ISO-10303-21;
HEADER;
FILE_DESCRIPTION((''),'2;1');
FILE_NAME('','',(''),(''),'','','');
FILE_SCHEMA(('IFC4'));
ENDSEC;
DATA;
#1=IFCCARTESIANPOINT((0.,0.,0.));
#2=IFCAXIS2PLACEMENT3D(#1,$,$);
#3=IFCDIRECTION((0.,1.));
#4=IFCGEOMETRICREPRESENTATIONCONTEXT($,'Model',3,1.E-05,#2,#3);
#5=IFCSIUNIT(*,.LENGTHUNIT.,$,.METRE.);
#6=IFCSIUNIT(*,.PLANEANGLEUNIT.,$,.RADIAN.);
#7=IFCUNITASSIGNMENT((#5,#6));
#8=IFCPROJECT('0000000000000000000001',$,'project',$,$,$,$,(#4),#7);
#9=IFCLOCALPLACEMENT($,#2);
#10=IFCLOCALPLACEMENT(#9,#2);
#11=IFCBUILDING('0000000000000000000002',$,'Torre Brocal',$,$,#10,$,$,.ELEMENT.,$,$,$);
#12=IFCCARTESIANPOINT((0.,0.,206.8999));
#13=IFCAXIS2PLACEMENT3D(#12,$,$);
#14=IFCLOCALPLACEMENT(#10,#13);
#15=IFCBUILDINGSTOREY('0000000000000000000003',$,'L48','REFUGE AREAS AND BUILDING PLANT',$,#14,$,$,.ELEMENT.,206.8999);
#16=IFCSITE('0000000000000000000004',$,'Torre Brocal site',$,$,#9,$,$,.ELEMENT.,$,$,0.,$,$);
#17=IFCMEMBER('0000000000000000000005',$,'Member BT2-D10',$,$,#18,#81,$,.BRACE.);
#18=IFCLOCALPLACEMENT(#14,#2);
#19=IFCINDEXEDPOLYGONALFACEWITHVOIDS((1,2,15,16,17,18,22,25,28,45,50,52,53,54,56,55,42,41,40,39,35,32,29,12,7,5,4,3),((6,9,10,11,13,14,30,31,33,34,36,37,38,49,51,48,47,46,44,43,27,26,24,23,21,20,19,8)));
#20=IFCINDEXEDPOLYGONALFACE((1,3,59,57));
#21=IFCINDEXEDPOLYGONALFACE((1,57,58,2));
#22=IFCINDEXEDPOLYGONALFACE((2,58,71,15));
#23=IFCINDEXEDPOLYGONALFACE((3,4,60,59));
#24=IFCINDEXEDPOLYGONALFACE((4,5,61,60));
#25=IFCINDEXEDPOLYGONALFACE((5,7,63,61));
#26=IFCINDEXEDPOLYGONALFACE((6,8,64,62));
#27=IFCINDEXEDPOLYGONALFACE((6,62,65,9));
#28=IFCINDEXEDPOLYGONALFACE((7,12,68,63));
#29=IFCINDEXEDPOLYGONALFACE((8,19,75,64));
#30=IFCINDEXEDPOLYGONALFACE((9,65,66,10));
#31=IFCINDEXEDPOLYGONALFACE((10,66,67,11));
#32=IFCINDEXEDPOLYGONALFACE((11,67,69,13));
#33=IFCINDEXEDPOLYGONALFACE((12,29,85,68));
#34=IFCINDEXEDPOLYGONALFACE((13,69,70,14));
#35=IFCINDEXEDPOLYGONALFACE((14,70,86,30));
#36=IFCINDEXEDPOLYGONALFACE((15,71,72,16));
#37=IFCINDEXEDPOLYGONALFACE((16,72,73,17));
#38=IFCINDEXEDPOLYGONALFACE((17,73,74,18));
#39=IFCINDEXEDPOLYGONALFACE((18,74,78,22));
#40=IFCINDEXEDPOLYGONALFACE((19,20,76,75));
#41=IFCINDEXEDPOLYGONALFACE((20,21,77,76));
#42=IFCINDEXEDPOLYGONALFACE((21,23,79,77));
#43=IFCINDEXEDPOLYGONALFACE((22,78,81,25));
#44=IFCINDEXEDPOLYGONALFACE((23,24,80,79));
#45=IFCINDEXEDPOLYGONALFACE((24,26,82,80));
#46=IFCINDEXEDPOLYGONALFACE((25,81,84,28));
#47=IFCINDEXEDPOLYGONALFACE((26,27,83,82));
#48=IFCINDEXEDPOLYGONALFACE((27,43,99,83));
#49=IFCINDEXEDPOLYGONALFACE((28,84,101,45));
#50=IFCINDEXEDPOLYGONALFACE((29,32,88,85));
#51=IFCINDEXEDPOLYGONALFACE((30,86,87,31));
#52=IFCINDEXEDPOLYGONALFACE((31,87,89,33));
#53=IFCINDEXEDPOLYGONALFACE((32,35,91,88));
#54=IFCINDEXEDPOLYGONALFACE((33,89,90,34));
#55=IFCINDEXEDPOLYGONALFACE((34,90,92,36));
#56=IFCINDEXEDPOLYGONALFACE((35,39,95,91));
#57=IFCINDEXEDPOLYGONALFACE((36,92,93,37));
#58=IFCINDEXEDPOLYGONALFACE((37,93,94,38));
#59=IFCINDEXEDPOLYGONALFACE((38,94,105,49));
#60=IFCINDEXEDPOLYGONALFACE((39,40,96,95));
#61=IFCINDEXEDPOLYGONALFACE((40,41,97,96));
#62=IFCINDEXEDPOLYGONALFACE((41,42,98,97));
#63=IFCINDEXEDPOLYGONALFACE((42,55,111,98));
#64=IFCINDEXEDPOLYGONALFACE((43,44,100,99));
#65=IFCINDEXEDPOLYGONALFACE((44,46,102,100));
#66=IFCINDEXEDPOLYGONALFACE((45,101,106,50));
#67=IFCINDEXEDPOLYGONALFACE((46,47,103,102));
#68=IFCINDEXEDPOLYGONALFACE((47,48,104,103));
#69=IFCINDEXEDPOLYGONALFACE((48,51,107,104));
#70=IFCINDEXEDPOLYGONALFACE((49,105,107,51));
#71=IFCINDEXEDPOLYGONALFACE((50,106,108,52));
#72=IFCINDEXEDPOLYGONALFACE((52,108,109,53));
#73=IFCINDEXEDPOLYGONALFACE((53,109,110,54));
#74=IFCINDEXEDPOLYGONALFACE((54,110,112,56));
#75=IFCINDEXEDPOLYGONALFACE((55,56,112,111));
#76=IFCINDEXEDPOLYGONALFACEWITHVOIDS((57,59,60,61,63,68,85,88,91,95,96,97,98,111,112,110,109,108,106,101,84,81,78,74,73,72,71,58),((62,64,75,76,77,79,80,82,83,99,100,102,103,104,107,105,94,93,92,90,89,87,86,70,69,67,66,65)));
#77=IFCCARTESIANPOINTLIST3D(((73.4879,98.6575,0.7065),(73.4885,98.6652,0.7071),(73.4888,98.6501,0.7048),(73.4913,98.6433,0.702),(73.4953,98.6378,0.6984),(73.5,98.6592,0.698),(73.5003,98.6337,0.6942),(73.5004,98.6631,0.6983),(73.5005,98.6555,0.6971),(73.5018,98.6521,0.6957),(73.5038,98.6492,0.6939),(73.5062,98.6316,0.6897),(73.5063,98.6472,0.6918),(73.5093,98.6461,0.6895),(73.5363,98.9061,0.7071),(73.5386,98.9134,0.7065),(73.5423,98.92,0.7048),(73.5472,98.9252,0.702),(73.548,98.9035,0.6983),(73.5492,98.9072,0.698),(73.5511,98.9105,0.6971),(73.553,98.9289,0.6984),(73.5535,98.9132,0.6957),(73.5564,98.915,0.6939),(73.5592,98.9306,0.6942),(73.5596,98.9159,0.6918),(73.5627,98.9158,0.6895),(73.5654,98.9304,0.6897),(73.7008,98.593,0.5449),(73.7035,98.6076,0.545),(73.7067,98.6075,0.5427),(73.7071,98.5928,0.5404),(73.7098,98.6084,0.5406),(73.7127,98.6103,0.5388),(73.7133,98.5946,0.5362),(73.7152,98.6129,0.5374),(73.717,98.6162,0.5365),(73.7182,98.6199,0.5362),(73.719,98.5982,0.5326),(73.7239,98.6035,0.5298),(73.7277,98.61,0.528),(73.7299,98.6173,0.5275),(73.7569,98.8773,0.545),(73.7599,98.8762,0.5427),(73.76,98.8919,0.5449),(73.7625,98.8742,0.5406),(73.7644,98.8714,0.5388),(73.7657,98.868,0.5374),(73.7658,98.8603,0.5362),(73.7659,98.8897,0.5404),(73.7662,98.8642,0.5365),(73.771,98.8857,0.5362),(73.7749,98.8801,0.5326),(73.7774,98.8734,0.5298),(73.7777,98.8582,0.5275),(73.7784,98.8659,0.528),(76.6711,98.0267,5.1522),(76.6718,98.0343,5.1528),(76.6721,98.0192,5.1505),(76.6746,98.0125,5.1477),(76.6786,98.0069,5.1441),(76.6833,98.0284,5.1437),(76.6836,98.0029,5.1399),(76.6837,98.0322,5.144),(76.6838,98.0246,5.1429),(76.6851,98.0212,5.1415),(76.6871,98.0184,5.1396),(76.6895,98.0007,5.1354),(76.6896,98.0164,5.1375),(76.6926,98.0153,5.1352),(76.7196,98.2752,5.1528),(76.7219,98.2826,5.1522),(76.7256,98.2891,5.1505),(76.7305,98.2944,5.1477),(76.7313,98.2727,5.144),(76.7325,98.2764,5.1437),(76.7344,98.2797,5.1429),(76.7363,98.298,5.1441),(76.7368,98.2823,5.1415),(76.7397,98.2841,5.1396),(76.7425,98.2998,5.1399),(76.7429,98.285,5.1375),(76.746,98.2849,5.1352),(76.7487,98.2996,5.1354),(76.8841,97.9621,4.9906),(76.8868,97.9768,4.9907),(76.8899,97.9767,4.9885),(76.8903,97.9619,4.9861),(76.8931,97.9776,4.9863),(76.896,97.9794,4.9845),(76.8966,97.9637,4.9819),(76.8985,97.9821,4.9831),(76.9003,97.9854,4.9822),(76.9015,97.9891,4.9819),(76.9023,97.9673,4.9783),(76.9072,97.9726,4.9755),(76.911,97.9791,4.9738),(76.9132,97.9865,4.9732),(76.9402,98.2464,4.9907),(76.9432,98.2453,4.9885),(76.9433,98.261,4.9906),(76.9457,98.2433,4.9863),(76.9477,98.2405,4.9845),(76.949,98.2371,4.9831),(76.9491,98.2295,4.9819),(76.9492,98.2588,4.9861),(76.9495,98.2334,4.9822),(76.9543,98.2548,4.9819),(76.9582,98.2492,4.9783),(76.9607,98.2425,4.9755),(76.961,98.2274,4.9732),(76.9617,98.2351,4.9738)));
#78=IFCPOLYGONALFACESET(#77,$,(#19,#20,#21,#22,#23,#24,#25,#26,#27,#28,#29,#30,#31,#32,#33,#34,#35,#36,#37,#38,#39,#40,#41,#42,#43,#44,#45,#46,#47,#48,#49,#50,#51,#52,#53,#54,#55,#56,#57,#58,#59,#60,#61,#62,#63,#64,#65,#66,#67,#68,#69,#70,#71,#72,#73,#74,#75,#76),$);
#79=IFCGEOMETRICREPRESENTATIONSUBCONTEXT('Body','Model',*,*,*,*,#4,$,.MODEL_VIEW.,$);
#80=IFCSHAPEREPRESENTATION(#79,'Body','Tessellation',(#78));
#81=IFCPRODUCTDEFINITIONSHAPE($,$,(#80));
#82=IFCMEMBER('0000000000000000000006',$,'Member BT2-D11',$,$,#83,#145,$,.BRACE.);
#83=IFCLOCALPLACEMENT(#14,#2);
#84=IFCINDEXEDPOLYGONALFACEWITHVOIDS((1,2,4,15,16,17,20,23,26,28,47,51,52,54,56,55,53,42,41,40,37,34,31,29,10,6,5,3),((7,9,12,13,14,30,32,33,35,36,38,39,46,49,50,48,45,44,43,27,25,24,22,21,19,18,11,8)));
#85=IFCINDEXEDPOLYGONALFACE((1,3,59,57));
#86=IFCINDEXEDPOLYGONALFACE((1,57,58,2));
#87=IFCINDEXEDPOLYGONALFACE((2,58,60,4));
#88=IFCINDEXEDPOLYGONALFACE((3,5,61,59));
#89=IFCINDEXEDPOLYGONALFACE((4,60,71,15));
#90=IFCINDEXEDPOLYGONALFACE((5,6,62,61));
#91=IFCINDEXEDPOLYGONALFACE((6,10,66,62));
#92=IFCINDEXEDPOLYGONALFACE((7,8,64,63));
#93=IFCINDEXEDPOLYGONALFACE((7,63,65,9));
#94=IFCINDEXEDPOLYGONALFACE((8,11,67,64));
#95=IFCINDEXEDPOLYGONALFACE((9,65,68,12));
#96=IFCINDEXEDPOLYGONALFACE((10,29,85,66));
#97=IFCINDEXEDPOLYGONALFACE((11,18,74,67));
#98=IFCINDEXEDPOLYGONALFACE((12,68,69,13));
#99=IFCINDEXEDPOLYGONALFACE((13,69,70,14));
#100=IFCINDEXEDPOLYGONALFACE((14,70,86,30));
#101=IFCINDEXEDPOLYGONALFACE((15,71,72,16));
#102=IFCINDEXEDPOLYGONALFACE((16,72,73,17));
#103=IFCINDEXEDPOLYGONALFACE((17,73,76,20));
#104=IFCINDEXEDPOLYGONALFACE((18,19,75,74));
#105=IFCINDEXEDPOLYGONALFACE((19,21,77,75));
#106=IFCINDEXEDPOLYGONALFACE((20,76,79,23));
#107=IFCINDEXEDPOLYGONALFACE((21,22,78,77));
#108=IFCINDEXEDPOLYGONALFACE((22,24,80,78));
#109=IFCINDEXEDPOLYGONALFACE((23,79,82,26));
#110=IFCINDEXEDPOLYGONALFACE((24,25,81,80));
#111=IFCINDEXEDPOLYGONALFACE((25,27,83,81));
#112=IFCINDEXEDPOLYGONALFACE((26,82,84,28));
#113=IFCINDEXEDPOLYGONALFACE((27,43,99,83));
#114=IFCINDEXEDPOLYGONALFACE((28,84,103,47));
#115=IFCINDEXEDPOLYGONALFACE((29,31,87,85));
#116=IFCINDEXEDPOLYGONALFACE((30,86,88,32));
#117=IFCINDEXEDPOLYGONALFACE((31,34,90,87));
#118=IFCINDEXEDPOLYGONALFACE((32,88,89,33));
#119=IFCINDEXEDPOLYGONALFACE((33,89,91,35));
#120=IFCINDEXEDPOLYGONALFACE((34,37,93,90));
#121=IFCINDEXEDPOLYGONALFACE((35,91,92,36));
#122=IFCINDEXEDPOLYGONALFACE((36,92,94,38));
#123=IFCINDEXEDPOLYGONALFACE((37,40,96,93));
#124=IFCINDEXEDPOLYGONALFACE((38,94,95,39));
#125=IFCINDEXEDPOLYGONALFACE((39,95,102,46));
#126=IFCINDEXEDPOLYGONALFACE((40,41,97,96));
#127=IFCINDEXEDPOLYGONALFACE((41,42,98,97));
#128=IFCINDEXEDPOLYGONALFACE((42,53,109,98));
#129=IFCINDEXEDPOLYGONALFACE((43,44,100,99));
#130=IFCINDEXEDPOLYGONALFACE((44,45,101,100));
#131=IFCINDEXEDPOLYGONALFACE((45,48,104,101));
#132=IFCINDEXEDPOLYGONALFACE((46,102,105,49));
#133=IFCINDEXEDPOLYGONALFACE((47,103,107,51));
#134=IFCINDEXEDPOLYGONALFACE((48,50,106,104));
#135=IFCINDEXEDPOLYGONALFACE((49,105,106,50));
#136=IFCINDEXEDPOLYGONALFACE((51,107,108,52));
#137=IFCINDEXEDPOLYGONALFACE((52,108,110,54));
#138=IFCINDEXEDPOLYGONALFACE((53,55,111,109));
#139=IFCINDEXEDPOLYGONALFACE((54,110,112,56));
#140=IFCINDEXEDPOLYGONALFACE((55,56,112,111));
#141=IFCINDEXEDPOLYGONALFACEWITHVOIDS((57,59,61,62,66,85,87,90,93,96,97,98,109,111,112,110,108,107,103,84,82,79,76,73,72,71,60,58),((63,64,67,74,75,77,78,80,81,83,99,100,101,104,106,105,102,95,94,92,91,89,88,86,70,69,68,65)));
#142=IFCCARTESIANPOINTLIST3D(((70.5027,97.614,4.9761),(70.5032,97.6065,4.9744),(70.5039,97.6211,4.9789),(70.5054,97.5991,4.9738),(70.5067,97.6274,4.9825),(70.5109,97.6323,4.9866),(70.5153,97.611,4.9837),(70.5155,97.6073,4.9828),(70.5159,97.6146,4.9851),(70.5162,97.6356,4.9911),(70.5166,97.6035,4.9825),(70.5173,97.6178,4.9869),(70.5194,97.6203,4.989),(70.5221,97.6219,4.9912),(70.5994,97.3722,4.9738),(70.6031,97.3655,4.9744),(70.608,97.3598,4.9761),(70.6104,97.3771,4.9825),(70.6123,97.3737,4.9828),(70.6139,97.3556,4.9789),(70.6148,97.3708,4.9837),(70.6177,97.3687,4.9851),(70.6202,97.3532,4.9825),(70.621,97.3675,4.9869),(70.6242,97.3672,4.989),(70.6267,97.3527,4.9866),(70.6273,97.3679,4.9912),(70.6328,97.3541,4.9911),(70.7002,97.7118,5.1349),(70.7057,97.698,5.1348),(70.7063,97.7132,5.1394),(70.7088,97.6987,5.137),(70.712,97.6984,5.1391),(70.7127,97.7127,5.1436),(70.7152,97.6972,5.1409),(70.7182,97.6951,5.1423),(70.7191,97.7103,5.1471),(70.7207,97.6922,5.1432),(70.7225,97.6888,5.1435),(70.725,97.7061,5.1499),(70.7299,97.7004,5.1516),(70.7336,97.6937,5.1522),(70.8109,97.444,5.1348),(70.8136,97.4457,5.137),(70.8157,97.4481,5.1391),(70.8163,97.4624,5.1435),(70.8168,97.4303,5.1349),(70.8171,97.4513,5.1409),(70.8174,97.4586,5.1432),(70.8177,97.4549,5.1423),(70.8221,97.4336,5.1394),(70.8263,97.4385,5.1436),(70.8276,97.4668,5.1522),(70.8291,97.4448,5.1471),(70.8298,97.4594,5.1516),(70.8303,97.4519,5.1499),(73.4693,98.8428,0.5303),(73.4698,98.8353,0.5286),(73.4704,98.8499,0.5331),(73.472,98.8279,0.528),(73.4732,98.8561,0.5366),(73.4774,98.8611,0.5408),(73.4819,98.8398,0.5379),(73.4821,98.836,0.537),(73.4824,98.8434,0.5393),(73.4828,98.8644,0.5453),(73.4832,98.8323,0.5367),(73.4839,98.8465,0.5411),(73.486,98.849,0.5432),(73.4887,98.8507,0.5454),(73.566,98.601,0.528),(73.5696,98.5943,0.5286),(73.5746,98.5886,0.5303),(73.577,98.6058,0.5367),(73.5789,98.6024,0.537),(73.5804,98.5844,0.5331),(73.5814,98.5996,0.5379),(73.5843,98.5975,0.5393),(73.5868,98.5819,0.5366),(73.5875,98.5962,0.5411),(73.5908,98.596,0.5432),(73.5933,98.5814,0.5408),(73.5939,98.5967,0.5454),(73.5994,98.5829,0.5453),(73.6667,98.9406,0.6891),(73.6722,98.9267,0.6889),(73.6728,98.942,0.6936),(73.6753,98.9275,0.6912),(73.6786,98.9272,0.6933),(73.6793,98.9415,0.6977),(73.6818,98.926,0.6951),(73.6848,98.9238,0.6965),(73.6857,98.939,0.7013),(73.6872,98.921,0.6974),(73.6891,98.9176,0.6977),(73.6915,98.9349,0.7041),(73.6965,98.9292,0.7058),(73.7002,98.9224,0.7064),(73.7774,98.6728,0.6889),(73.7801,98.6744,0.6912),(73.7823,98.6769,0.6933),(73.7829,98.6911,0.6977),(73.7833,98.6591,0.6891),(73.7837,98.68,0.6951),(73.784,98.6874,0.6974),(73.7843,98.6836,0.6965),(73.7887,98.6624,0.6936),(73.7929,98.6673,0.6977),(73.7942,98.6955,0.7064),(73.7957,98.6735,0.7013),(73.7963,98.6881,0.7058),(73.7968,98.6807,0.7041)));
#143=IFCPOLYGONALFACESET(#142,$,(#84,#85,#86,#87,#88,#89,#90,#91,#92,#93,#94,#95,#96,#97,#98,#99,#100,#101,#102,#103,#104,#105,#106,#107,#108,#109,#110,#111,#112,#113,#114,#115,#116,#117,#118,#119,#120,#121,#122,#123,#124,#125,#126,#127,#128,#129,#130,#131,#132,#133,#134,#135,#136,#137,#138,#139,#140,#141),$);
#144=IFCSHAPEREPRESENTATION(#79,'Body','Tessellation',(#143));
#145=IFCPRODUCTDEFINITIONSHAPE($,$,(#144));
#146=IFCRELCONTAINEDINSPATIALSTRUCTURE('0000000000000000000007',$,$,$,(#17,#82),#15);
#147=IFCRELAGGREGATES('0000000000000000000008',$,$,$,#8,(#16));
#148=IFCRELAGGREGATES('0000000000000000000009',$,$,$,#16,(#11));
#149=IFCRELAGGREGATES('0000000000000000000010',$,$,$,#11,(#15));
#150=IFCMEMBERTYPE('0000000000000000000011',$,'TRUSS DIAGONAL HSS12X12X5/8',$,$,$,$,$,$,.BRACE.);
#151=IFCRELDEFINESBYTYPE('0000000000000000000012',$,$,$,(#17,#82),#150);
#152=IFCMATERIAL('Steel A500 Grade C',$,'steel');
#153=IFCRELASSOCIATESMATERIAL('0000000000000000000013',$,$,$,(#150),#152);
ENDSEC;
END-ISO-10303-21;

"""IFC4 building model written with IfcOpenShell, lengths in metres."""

from ifc_helpers import new_model, si_unit, direction, frame, origin, origin_2d, place, context, subcontext, project, spatial, hollow_rectangle, extrude, material, material_profile, profile_set, type_object, element, save


model = new_model("IFC4")

# Units and contexts
model_context = context("Model", 3, precision=1e-05, world=origin(), true_north=direction((0.0, 1.0)))
body_context = subcontext(model_context, "Body", "Model", "MODEL_VIEW")
ifc_project = project(units=[si_unit("LENGTHUNIT", "METRE"), si_unit("PLANEANGLEUNIT", "RADIAN")], contexts=[model_context])

# Site, building, storey
site_placement = place(None, origin())
site = spatial("IfcSite", under=ifc_project, at=site_placement, Name="Torre Brocal site", CompositionType="ELEMENT", RefElevation=0.0)
building_placement = place(site_placement, origin())
building = spatial("IfcBuilding", under=site, at=building_placement, Name="Torre Brocal", CompositionType="ELEMENT")
storey_placement = place(building_placement, frame((0.0, 0.0, 206.8999)))
storey = spatial("IfcBuildingStorey", under=building, at=storey_placement, Name="L48", Description="REFUGE AREAS AND BUILDING PLANT", CompositionType="ELEMENT", Elevation=206.8999)

# Members
ifc_material_1 = material(Name="Steel A500 Grade C", Category="steel")
ifc_material_profile_1 = material_profile(ifc_material_1, hollow_rectangle(XDim=0.3047, YDim=0.3047, WallThickness=0.0149, InnerFilletRadius=0.0149, OuterFilletRadius=0.0295, at=origin_2d()), Name="HSS12X12X5/8")
ifc_profile_set_1 = profile_set([ifc_material_profile_1], Name="Steel A500 Grade C")
member_type_1 = type_object("IfcMemberType", Name="TRUSS DIAGONAL HSS12X12X5/8", PredefinedType="BRACE", material=ifc_profile_set_1)
member_1_placement = place(storey_placement, frame((76.8164, 98.1309, 5.063), z_axis=(-0.578343, 0.114613, -0.807702), x_axis=(-0.194394, -0.980923, 0.0)))
element("IfcMember", 1, at=member_1_placement, inside=storey, type_object=member_type_1, Name="Member BT2-D10", PredefinedType="BRACE", context=body_context, shape_type="SweptSolid", body=[
    extrude(hollow_rectangle(XDim=0.3047, YDim=0.3047, WallThickness=0.0149, InnerFilletRadius=0.0149, OuterFilletRadius=0.0295, at=origin_2d()), origin(), (0.0, 0.0, 1.0), 5.5042),
])
for number, where, z_axis, x_axis, name in (
    (2, (73.6331, 98.7617, 0.6172), (-0.540936, -0.224058, 0.81067), (0.382676, -0.923882, 0.0), "Member BT2-D11"),
):
    element("IfcMember", number, at=place(storey_placement, frame(where, z_axis=z_axis, x_axis=x_axis)), inside=storey, type_object=member_type_1, Name=name, PredefinedType="BRACE", context=body_context, shape_type="SweptSolid", body=[
        extrude(hollow_rectangle(XDim=0.3047, YDim=0.3047, WallThickness=0.0149, InnerFilletRadius=0.0149, OuterFilletRadius=0.0295, at=origin_2d()), origin(), (0.0, 0.0, 1.0), 5.4841),
    ])

save(model, "model.ifc")
